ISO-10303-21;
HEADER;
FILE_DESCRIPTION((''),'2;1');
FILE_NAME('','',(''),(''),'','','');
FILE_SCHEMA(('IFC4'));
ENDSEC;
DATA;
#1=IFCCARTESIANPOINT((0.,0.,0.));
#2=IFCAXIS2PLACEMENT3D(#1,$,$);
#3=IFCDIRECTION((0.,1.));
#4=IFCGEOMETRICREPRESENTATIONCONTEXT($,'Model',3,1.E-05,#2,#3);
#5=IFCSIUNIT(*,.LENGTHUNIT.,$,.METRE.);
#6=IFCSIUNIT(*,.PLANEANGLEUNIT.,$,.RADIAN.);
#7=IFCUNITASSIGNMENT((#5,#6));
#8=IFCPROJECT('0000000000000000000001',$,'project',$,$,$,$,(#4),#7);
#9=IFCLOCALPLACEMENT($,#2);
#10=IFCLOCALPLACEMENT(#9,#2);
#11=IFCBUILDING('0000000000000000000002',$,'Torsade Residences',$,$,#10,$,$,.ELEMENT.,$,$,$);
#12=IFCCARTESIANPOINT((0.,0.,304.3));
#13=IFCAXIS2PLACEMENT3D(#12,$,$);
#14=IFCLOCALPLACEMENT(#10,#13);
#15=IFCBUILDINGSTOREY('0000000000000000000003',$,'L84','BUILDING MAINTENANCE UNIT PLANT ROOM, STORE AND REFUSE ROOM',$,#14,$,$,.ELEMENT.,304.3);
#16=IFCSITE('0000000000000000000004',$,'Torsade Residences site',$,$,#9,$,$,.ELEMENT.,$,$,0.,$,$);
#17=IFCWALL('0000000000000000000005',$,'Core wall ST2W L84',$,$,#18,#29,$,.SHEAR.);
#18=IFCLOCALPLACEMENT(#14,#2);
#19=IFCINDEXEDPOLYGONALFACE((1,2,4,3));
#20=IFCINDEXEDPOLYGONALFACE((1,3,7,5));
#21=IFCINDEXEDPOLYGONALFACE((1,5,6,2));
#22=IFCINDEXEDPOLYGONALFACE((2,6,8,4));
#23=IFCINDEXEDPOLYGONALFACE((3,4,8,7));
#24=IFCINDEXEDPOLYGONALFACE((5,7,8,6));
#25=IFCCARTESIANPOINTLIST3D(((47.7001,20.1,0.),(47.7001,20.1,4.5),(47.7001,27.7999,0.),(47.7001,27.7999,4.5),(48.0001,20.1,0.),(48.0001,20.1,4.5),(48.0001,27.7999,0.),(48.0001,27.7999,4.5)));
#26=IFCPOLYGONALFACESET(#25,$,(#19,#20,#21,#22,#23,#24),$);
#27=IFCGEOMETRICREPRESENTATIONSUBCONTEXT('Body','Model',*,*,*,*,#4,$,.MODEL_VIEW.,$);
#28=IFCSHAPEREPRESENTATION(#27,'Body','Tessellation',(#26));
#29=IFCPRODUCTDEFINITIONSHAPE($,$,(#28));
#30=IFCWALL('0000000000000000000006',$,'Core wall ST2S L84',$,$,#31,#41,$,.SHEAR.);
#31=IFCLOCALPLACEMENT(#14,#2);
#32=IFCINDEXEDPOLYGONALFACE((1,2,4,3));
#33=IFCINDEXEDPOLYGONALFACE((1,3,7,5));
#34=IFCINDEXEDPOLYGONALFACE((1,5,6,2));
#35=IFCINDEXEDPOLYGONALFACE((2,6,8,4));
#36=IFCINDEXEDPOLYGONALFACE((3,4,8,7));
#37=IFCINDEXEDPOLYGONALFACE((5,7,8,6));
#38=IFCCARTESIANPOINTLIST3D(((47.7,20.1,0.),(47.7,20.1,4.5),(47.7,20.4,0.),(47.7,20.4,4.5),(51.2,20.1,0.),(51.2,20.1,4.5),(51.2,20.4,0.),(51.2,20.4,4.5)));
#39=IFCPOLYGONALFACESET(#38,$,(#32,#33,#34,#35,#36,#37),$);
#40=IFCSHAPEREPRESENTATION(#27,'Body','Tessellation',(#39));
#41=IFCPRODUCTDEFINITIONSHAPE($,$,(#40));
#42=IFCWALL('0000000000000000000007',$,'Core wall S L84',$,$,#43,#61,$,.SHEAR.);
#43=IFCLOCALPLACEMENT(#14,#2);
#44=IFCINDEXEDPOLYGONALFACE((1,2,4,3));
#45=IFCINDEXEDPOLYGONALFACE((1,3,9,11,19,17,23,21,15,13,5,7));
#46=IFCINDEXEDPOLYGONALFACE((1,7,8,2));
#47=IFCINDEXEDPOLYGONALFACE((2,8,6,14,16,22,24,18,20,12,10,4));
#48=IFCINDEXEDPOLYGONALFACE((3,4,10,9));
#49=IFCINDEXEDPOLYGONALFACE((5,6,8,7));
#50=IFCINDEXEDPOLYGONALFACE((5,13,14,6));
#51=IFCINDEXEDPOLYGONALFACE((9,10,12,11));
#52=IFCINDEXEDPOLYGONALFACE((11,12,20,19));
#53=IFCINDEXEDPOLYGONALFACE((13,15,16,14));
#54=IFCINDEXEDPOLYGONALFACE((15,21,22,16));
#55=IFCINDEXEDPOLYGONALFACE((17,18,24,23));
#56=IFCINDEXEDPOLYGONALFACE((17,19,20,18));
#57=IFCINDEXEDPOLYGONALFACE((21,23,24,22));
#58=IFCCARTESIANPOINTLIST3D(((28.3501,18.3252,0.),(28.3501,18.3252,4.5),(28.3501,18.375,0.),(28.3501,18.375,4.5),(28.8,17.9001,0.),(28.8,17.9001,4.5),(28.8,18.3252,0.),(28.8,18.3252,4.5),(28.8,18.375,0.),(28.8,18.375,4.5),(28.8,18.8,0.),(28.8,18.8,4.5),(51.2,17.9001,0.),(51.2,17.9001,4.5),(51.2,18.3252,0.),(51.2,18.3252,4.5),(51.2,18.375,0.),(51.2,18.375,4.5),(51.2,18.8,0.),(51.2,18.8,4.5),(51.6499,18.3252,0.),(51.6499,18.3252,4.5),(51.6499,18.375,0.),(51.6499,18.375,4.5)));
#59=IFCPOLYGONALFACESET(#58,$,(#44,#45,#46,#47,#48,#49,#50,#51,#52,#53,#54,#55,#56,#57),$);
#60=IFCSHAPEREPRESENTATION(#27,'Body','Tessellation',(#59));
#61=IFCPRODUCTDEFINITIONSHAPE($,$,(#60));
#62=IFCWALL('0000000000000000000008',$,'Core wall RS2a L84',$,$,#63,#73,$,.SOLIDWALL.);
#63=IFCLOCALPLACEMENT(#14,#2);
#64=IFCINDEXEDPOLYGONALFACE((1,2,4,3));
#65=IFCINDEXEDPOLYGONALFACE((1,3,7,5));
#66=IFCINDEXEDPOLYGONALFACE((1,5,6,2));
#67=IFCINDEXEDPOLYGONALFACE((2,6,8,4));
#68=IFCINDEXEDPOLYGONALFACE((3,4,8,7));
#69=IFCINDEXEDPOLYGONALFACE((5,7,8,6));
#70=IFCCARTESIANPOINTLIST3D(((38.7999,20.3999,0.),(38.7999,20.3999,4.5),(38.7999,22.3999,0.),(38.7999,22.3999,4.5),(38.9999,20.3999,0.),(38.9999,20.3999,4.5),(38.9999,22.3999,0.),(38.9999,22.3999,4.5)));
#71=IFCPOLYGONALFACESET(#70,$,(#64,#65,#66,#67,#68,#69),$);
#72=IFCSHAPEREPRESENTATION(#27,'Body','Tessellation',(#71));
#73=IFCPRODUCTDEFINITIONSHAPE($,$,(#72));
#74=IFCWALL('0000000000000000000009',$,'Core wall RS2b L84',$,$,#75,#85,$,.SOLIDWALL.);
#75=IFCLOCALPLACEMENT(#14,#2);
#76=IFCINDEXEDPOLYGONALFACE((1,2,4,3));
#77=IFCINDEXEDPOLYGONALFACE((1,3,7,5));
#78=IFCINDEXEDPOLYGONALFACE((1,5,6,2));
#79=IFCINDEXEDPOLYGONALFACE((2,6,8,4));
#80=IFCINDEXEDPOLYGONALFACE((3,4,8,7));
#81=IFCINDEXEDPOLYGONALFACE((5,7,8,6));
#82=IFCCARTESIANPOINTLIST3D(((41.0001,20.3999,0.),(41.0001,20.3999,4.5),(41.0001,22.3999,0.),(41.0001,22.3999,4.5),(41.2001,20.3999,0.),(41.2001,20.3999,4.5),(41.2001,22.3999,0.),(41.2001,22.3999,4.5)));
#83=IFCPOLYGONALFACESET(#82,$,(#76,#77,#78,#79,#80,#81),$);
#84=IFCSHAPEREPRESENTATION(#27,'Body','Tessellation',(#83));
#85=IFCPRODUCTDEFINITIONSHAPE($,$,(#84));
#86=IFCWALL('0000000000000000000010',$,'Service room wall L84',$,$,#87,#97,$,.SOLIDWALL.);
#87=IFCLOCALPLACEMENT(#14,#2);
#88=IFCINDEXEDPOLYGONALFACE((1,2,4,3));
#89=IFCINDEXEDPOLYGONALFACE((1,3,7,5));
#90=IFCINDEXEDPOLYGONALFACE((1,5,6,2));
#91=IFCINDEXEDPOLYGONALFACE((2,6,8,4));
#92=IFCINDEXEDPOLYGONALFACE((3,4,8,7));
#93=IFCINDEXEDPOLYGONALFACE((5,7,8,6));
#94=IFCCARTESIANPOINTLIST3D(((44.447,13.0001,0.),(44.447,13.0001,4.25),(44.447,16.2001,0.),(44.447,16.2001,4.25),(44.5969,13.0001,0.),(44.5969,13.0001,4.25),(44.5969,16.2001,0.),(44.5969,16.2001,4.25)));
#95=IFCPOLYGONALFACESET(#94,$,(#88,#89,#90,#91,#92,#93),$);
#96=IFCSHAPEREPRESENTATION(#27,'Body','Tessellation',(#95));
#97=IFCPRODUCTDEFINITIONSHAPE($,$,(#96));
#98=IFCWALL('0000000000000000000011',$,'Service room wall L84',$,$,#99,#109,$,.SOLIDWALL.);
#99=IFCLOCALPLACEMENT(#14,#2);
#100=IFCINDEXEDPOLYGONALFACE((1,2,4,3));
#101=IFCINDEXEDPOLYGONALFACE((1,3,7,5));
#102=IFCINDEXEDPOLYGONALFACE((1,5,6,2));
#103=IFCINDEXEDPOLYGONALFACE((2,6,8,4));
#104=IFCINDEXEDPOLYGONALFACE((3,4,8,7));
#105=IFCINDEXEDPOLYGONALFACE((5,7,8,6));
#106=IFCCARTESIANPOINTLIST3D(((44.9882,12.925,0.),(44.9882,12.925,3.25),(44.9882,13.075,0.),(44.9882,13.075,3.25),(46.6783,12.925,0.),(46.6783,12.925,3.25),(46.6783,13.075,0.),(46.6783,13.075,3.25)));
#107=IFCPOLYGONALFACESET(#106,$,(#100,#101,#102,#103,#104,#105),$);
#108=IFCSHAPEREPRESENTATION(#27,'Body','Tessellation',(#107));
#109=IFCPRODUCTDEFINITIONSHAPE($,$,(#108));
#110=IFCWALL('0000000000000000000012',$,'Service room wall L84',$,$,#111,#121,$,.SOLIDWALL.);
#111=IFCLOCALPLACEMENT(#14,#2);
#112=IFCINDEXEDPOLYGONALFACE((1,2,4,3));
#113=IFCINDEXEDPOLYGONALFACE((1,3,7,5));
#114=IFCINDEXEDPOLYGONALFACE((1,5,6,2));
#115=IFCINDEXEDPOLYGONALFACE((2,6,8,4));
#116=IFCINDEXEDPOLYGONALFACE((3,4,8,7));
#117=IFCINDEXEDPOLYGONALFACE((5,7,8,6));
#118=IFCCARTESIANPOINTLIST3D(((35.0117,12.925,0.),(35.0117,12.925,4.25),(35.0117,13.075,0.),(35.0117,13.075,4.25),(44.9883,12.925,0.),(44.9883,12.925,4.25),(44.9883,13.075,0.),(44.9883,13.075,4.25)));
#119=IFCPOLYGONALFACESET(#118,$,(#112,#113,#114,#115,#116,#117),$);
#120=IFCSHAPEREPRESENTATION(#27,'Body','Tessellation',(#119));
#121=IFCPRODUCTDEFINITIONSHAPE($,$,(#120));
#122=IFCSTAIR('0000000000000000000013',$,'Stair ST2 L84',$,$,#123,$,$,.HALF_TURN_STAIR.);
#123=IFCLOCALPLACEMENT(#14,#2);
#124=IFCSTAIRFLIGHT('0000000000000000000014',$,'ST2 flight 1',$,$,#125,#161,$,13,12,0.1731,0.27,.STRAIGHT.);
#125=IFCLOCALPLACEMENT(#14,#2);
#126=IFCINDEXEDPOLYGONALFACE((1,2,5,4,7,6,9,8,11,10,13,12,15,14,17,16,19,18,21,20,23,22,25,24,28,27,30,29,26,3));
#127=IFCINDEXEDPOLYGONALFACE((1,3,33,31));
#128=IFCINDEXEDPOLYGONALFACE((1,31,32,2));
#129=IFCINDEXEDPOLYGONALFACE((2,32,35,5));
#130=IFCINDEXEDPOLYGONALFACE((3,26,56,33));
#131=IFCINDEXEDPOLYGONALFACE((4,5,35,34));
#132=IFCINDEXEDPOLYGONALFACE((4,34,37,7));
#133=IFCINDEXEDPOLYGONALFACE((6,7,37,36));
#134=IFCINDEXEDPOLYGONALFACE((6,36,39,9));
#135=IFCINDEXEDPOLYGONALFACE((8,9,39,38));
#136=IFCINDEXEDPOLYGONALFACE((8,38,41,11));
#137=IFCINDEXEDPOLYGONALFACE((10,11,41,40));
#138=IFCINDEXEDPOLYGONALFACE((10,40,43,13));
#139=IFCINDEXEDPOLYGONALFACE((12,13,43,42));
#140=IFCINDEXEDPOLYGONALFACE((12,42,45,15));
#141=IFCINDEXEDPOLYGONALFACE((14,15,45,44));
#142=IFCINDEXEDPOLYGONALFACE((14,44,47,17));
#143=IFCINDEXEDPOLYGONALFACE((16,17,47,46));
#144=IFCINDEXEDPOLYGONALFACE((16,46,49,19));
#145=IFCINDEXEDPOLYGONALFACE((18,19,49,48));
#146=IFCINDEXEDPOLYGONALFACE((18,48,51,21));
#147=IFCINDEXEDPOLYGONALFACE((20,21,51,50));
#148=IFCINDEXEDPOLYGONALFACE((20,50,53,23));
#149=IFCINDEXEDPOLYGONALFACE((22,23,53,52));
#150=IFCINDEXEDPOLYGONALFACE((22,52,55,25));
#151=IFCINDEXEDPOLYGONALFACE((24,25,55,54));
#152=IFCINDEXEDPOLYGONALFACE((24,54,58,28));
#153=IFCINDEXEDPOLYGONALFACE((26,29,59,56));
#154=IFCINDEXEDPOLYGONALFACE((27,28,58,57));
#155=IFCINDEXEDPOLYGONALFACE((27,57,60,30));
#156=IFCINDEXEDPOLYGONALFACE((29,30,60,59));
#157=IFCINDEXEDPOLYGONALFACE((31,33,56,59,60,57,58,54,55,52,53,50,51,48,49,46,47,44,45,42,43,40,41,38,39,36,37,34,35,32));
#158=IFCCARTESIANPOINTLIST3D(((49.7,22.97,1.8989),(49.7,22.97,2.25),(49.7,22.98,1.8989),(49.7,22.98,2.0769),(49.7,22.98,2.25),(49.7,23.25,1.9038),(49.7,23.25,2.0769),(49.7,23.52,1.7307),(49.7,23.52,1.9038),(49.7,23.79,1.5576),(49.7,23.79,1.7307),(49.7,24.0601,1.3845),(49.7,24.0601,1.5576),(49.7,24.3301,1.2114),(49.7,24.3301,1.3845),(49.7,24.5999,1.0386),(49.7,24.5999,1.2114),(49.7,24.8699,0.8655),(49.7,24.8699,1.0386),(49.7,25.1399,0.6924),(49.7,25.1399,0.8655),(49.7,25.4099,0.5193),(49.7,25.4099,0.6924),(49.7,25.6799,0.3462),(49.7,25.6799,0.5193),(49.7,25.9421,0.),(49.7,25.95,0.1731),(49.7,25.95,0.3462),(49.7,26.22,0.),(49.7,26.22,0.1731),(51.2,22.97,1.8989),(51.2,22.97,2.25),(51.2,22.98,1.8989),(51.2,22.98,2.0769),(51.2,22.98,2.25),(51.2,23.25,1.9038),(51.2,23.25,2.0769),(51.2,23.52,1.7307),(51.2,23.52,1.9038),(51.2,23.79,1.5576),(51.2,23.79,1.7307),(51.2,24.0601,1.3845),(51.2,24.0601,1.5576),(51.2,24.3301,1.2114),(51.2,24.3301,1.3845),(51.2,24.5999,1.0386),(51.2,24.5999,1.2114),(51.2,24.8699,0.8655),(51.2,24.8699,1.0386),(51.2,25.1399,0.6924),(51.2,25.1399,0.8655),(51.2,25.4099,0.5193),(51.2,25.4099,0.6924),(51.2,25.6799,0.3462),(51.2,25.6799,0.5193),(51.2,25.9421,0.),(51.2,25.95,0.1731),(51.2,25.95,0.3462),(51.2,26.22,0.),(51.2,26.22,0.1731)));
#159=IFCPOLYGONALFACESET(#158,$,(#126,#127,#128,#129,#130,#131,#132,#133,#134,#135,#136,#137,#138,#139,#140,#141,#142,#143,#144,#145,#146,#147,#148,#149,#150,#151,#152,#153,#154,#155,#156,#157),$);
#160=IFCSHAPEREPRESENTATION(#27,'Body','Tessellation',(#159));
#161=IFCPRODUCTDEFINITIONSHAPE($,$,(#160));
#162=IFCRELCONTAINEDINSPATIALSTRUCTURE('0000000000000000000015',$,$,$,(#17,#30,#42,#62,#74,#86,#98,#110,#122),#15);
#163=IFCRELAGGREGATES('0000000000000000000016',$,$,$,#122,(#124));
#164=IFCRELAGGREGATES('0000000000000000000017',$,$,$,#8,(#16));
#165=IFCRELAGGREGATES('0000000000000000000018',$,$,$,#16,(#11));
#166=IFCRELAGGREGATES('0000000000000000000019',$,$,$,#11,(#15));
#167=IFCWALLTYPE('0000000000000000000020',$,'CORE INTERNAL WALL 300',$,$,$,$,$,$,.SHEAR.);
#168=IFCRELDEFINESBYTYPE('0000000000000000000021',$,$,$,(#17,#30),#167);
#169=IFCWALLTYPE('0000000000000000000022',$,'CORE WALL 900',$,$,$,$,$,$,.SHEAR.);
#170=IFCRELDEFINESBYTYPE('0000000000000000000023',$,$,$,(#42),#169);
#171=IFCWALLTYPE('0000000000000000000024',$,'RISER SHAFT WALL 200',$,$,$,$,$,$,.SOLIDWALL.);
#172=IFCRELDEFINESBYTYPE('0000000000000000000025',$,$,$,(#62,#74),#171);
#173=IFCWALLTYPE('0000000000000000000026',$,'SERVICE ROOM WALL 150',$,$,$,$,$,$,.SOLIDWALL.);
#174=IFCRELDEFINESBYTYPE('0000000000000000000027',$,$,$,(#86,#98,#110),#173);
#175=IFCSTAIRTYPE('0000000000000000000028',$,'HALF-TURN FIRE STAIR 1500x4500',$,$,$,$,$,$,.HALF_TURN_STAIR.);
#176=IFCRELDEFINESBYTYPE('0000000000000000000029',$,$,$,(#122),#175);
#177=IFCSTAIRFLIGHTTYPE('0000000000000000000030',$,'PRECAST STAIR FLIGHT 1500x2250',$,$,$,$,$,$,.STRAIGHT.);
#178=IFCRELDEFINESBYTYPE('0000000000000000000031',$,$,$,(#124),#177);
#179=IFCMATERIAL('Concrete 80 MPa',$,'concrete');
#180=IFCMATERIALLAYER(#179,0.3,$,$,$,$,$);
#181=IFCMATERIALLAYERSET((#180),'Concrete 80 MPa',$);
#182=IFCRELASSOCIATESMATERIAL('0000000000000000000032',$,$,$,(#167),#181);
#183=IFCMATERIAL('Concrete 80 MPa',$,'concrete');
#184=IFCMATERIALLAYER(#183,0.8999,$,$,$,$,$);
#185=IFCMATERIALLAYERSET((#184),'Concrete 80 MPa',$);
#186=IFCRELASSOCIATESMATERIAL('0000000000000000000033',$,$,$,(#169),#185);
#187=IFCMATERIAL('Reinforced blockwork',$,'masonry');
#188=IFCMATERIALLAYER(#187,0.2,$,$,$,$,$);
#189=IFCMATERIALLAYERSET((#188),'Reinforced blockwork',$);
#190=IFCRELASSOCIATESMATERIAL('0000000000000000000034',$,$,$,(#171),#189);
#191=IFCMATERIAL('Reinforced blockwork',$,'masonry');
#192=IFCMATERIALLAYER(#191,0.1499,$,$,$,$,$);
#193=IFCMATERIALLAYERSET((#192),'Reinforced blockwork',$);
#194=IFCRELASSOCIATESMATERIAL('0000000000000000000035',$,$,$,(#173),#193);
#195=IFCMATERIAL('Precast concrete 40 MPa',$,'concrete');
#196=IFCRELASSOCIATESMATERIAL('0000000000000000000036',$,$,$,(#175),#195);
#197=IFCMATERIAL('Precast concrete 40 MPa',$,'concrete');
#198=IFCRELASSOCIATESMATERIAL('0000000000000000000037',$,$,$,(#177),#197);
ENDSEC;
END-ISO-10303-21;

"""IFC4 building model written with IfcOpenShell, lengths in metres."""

from ifc_helpers import new_model, si_unit, direction, frame, frame_2d, origin, place, context, subcontext, project, spatial, polyline, rectangle, outline, extrude, material, layer, layer_set, type_object, element, aggregate, save


model = new_model("IFC4")

# Units and contexts
model_context = context("Model", 3, precision=1e-05, world=origin(), true_north=direction((0.0, 1.0)))
body_context = subcontext(model_context, "Body", "Model", "MODEL_VIEW")
ifc_project = project(units=[si_unit("LENGTHUNIT", "METRE"), si_unit("PLANEANGLEUNIT", "RADIAN")], contexts=[model_context])

# Site, building, storey
site_placement = place(None, origin())
site = spatial("IfcSite", under=ifc_project, at=site_placement, Name="Torsade Residences site", CompositionType="ELEMENT", RefElevation=0.0)
building_placement = place(site_placement, origin())
building = spatial("IfcBuilding", under=site, at=building_placement, Name="Torsade Residences", CompositionType="ELEMENT")
storey_placement = place(building_placement, frame((0.0, 0.0, 304.3)))
storey = spatial("IfcBuildingStorey", under=building, at=storey_placement, Name="L84", Description="BUILDING MAINTENANCE UNIT PLANT ROOM, STORE AND REFUSE ROOM", CompositionType="ELEMENT", Elevation=304.3)

# Shared definitions
ifc_material_1 = material(Name="Concrete 80 MPa", Category="concrete")
ifc_layer_1 = layer(ifc_material_1, 0.3)
ifc_layer_set_1 = layer_set([ifc_layer_1], Name="Concrete 80 MPa")
wall_type_1 = type_object("IfcWallType", Name="CORE INTERNAL WALL 300", PredefinedType="SHEAR", material=ifc_layer_set_1)

# Walls
wall_1_placement = place(storey_placement, frame((47.8501, 27.8, 0.0), z_axis=(0.0, 0.0, 1.0), x_axis=(0.0, -1.0, 0.0)))
element("IfcWall", 1, at=wall_1_placement, inside=storey, type_object=wall_type_1, Name="Core wall ST2W L84", PredefinedType="SHEAR", context=body_context, shape_type="SweptSolid", body=[
    extrude(rectangle(XDim=7.7, YDim=0.3, at=frame_2d((3.8501, 0.0))), origin(), (0.0, 0.0, 1.0), 4.5),
])
wall_2_placement = place(storey_placement, frame((51.2, 20.25, 0.0), z_axis=(0.0, 0.0, 1.0), x_axis=(-1.0, 0.0, 0.0)))
element("IfcWall", 2, at=wall_2_placement, inside=storey, type_object=wall_type_1, Name="Core wall ST2S L84", PredefinedType="SHEAR", context=body_context, shape_type="SweptSolid", body=[
    extrude(rectangle(XDim=3.5, YDim=0.3, at=frame_2d((1.75, 0.0))), origin(), (0.0, 0.0, 1.0), 4.5),
])
ifc_material_2 = material(Name="Concrete 80 MPa", Category="concrete")
ifc_layer_2 = layer(ifc_material_2, 0.8999)
ifc_layer_set_2 = layer_set([ifc_layer_2], Name="Concrete 80 MPa")
wall_type_2 = type_object("IfcWallType", Name="CORE WALL 900", PredefinedType="SHEAR", material=ifc_layer_set_2)
wall_3_placement = place(storey_placement, frame((51.2, 18.3501, 0.0), z_axis=(0.0, 0.0, 1.0), x_axis=(-1.0, 0.0, 0.0)))
element("IfcWall", 3, at=wall_3_placement, inside=storey, type_object=wall_type_2, Name="Core wall S L84", PredefinedType="SHEAR", context=body_context, shape_type="SweptSolid", body=[
    extrude(outline(polyline([(0.0, -0.45), (22.3999, -0.45), (22.3999, -0.0249), (22.8499, -0.0249), (22.8499, 0.0249), (22.3999, 0.0249), (22.3999, 0.45), (0.0, 0.45), (0.0, 0.0249), (-0.45, 0.0249), (-0.45, -0.0249), (0.0, -0.0249), (0.0, -0.45)])), origin(), (0.0, 0.0, 1.0), 4.5),
])
ifc_material_3 = material(Name="Reinforced blockwork", Category="masonry")
ifc_layer_3 = layer(ifc_material_3, 0.2)
ifc_layer_set_3 = layer_set([ifc_layer_3], Name="Reinforced blockwork")
wall_type_3 = type_object("IfcWallType", Name="RISER SHAFT WALL 200", PredefinedType="SOLIDWALL", material=ifc_layer_set_3)
for number, where, z_axis, x_axis, name in (
    (4, (38.8999, 22.3999, 0.0), (0.0, 0.0, 1.0), (0.0, -1.0, 0.0), "Core wall RS2a L84"),
    (5, (41.1001, 22.3999, 0.0), (0.0, 0.0, 1.0), (0.0, -1.0, 0.0), "Core wall RS2b L84"),
):
    element("IfcWall", number, at=place(storey_placement, frame(where, z_axis=z_axis, x_axis=x_axis)), inside=storey, type_object=wall_type_3, Name=name, PredefinedType="SOLIDWALL", context=body_context, shape_type="SweptSolid", body=[
        extrude(rectangle(XDim=2.0, YDim=0.2, at=frame_2d((1.0, 0.0))), origin(), (0.0, 0.0, 1.0), 4.5),
    ])
ifc_material_4 = material(Name="Reinforced blockwork", Category="masonry")
ifc_layer_4 = layer(ifc_material_4, 0.1499)
ifc_layer_set_4 = layer_set([ifc_layer_4], Name="Reinforced blockwork")
wall_type_4 = type_object("IfcWallType", Name="SERVICE ROOM WALL 150", PredefinedType="SOLIDWALL", material=ifc_layer_set_4)
wall_4_placement = place(storey_placement, frame((44.522, 13.0, 0.0), z_axis=(0.0, 0.0, 1.0), x_axis=(0.0, 1.0, 0.0)))
element("IfcWall", 6, at=wall_4_placement, inside=storey, type_object=wall_type_4, Name="Service room wall L84", PredefinedType="SOLIDWALL", context=body_context, shape_type="SweptSolid", body=[
    extrude(rectangle(XDim=3.2, YDim=0.1499, at=frame_2d((1.6001, 0.0))), origin(), (0.0, 0.0, 1.0), 4.25),
])
wall_5_placement = place(storey_placement, frame((46.6785, 13.0, 0.0), z_axis=(0.0, 0.0, 1.0), x_axis=(-1.0, 0.0, 0.0)))
element("IfcWall", 7, at=wall_5_placement, inside=storey, type_object=wall_type_4, Name="Service room wall L84", PredefinedType="SOLIDWALL", context=body_context, shape_type="SweptSolid", body=[
    extrude(rectangle(XDim=1.6902, YDim=0.1499, at=frame_2d((0.8452, 0.0))), origin(), (0.0, 0.0, 1.0), 3.25),
])
wall_6_placement = place(storey_placement, frame((44.9883, 13.0, 0.0), z_axis=(0.0, 0.0, 1.0), x_axis=(-1.0, 0.0, 0.0)))
element("IfcWall", 8, at=wall_6_placement, inside=storey, type_object=wall_type_4, Name="Service room wall L84", PredefinedType="SOLIDWALL", context=body_context, shape_type="SweptSolid", body=[
    extrude(rectangle(XDim=9.9766, YDim=0.1499, at=frame_2d((4.9883, 0.0))), origin(), (0.0, 0.0, 1.0), 4.25),
])

# Stair, stair flight
ifc_material_5 = material(Name="Precast concrete 40 MPa", Category="concrete")
stair_type = type_object("IfcStairType", Name="HALF-TURN FIRE STAIR 1500x4500", PredefinedType="HALF_TURN_STAIR", material=ifc_material_5)
stair_placement = place(storey_placement, origin())
stair = element("IfcStair", 9, at=stair_placement, inside=storey, type_object=stair_type, Name="Stair ST2 L84", PredefinedType="HALF_TURN_STAIR")
ifc_material_6 = material(Name="Precast concrete 40 MPa", Category="concrete")
stair_flight_type = type_object("IfcStairFlightType", Name="PRECAST STAIR FLIGHT 1500x2250", PredefinedType="STRAIGHT", material=ifc_material_6)
stair_flight_1_placement = place(storey_placement, frame((50.45, 26.22, 0.0), z_axis=(0.0, 0.0, 1.0), x_axis=(0.0, -1.0, 0.0)))
stair_flight_1 = element("IfcStairFlight", 10, at=stair_flight_1_placement, type_object=stair_flight_type, Name="ST2 flight 1", NumberOfRisers=13, NumberOfTreads=12, PredefinedType="STRAIGHT", RiserHeight=0.1731, TreadLength=0.27, context=body_context, shape_type="SweptSolid", body=[
    extrude(outline(polyline([(0.0, 0.0), (0.0, 0.1731), (0.27, 0.1731), (0.27, 0.3462), (0.54, 0.3462), (0.54, 0.5193), (0.8101, 0.5193), (0.8101, 0.6924), (1.0801, 0.6924), (1.0801, 0.8655), (1.3501, 0.8655), (1.3501, 1.0386), (1.6201, 1.0386), (1.6201, 1.2114), (1.8899, 1.2114), (1.8899, 1.3845), (2.1599, 1.3845), (2.1599, 1.5576), (2.4299, 1.5576), (2.4299, 1.7307), (2.7, 1.7307), (2.7, 1.9038), (2.97, 1.9038), (2.97, 2.0769), (3.24, 2.0769), (3.24, 2.25), (3.25, 2.25), (3.25, 1.8989), (3.24, 1.8989), (0.2778, 0.0), (0.0, 0.0)])), frame((0.0, 0.75, 0.0), z_axis=(0.0, -1.0, 0.0), x_axis=(1.0, 0.0, 0.0)), (0.0, 0.0, 1.0), 1.5),
])
aggregate(stair, [stair_flight_1])

save(model, "model.ifc")
